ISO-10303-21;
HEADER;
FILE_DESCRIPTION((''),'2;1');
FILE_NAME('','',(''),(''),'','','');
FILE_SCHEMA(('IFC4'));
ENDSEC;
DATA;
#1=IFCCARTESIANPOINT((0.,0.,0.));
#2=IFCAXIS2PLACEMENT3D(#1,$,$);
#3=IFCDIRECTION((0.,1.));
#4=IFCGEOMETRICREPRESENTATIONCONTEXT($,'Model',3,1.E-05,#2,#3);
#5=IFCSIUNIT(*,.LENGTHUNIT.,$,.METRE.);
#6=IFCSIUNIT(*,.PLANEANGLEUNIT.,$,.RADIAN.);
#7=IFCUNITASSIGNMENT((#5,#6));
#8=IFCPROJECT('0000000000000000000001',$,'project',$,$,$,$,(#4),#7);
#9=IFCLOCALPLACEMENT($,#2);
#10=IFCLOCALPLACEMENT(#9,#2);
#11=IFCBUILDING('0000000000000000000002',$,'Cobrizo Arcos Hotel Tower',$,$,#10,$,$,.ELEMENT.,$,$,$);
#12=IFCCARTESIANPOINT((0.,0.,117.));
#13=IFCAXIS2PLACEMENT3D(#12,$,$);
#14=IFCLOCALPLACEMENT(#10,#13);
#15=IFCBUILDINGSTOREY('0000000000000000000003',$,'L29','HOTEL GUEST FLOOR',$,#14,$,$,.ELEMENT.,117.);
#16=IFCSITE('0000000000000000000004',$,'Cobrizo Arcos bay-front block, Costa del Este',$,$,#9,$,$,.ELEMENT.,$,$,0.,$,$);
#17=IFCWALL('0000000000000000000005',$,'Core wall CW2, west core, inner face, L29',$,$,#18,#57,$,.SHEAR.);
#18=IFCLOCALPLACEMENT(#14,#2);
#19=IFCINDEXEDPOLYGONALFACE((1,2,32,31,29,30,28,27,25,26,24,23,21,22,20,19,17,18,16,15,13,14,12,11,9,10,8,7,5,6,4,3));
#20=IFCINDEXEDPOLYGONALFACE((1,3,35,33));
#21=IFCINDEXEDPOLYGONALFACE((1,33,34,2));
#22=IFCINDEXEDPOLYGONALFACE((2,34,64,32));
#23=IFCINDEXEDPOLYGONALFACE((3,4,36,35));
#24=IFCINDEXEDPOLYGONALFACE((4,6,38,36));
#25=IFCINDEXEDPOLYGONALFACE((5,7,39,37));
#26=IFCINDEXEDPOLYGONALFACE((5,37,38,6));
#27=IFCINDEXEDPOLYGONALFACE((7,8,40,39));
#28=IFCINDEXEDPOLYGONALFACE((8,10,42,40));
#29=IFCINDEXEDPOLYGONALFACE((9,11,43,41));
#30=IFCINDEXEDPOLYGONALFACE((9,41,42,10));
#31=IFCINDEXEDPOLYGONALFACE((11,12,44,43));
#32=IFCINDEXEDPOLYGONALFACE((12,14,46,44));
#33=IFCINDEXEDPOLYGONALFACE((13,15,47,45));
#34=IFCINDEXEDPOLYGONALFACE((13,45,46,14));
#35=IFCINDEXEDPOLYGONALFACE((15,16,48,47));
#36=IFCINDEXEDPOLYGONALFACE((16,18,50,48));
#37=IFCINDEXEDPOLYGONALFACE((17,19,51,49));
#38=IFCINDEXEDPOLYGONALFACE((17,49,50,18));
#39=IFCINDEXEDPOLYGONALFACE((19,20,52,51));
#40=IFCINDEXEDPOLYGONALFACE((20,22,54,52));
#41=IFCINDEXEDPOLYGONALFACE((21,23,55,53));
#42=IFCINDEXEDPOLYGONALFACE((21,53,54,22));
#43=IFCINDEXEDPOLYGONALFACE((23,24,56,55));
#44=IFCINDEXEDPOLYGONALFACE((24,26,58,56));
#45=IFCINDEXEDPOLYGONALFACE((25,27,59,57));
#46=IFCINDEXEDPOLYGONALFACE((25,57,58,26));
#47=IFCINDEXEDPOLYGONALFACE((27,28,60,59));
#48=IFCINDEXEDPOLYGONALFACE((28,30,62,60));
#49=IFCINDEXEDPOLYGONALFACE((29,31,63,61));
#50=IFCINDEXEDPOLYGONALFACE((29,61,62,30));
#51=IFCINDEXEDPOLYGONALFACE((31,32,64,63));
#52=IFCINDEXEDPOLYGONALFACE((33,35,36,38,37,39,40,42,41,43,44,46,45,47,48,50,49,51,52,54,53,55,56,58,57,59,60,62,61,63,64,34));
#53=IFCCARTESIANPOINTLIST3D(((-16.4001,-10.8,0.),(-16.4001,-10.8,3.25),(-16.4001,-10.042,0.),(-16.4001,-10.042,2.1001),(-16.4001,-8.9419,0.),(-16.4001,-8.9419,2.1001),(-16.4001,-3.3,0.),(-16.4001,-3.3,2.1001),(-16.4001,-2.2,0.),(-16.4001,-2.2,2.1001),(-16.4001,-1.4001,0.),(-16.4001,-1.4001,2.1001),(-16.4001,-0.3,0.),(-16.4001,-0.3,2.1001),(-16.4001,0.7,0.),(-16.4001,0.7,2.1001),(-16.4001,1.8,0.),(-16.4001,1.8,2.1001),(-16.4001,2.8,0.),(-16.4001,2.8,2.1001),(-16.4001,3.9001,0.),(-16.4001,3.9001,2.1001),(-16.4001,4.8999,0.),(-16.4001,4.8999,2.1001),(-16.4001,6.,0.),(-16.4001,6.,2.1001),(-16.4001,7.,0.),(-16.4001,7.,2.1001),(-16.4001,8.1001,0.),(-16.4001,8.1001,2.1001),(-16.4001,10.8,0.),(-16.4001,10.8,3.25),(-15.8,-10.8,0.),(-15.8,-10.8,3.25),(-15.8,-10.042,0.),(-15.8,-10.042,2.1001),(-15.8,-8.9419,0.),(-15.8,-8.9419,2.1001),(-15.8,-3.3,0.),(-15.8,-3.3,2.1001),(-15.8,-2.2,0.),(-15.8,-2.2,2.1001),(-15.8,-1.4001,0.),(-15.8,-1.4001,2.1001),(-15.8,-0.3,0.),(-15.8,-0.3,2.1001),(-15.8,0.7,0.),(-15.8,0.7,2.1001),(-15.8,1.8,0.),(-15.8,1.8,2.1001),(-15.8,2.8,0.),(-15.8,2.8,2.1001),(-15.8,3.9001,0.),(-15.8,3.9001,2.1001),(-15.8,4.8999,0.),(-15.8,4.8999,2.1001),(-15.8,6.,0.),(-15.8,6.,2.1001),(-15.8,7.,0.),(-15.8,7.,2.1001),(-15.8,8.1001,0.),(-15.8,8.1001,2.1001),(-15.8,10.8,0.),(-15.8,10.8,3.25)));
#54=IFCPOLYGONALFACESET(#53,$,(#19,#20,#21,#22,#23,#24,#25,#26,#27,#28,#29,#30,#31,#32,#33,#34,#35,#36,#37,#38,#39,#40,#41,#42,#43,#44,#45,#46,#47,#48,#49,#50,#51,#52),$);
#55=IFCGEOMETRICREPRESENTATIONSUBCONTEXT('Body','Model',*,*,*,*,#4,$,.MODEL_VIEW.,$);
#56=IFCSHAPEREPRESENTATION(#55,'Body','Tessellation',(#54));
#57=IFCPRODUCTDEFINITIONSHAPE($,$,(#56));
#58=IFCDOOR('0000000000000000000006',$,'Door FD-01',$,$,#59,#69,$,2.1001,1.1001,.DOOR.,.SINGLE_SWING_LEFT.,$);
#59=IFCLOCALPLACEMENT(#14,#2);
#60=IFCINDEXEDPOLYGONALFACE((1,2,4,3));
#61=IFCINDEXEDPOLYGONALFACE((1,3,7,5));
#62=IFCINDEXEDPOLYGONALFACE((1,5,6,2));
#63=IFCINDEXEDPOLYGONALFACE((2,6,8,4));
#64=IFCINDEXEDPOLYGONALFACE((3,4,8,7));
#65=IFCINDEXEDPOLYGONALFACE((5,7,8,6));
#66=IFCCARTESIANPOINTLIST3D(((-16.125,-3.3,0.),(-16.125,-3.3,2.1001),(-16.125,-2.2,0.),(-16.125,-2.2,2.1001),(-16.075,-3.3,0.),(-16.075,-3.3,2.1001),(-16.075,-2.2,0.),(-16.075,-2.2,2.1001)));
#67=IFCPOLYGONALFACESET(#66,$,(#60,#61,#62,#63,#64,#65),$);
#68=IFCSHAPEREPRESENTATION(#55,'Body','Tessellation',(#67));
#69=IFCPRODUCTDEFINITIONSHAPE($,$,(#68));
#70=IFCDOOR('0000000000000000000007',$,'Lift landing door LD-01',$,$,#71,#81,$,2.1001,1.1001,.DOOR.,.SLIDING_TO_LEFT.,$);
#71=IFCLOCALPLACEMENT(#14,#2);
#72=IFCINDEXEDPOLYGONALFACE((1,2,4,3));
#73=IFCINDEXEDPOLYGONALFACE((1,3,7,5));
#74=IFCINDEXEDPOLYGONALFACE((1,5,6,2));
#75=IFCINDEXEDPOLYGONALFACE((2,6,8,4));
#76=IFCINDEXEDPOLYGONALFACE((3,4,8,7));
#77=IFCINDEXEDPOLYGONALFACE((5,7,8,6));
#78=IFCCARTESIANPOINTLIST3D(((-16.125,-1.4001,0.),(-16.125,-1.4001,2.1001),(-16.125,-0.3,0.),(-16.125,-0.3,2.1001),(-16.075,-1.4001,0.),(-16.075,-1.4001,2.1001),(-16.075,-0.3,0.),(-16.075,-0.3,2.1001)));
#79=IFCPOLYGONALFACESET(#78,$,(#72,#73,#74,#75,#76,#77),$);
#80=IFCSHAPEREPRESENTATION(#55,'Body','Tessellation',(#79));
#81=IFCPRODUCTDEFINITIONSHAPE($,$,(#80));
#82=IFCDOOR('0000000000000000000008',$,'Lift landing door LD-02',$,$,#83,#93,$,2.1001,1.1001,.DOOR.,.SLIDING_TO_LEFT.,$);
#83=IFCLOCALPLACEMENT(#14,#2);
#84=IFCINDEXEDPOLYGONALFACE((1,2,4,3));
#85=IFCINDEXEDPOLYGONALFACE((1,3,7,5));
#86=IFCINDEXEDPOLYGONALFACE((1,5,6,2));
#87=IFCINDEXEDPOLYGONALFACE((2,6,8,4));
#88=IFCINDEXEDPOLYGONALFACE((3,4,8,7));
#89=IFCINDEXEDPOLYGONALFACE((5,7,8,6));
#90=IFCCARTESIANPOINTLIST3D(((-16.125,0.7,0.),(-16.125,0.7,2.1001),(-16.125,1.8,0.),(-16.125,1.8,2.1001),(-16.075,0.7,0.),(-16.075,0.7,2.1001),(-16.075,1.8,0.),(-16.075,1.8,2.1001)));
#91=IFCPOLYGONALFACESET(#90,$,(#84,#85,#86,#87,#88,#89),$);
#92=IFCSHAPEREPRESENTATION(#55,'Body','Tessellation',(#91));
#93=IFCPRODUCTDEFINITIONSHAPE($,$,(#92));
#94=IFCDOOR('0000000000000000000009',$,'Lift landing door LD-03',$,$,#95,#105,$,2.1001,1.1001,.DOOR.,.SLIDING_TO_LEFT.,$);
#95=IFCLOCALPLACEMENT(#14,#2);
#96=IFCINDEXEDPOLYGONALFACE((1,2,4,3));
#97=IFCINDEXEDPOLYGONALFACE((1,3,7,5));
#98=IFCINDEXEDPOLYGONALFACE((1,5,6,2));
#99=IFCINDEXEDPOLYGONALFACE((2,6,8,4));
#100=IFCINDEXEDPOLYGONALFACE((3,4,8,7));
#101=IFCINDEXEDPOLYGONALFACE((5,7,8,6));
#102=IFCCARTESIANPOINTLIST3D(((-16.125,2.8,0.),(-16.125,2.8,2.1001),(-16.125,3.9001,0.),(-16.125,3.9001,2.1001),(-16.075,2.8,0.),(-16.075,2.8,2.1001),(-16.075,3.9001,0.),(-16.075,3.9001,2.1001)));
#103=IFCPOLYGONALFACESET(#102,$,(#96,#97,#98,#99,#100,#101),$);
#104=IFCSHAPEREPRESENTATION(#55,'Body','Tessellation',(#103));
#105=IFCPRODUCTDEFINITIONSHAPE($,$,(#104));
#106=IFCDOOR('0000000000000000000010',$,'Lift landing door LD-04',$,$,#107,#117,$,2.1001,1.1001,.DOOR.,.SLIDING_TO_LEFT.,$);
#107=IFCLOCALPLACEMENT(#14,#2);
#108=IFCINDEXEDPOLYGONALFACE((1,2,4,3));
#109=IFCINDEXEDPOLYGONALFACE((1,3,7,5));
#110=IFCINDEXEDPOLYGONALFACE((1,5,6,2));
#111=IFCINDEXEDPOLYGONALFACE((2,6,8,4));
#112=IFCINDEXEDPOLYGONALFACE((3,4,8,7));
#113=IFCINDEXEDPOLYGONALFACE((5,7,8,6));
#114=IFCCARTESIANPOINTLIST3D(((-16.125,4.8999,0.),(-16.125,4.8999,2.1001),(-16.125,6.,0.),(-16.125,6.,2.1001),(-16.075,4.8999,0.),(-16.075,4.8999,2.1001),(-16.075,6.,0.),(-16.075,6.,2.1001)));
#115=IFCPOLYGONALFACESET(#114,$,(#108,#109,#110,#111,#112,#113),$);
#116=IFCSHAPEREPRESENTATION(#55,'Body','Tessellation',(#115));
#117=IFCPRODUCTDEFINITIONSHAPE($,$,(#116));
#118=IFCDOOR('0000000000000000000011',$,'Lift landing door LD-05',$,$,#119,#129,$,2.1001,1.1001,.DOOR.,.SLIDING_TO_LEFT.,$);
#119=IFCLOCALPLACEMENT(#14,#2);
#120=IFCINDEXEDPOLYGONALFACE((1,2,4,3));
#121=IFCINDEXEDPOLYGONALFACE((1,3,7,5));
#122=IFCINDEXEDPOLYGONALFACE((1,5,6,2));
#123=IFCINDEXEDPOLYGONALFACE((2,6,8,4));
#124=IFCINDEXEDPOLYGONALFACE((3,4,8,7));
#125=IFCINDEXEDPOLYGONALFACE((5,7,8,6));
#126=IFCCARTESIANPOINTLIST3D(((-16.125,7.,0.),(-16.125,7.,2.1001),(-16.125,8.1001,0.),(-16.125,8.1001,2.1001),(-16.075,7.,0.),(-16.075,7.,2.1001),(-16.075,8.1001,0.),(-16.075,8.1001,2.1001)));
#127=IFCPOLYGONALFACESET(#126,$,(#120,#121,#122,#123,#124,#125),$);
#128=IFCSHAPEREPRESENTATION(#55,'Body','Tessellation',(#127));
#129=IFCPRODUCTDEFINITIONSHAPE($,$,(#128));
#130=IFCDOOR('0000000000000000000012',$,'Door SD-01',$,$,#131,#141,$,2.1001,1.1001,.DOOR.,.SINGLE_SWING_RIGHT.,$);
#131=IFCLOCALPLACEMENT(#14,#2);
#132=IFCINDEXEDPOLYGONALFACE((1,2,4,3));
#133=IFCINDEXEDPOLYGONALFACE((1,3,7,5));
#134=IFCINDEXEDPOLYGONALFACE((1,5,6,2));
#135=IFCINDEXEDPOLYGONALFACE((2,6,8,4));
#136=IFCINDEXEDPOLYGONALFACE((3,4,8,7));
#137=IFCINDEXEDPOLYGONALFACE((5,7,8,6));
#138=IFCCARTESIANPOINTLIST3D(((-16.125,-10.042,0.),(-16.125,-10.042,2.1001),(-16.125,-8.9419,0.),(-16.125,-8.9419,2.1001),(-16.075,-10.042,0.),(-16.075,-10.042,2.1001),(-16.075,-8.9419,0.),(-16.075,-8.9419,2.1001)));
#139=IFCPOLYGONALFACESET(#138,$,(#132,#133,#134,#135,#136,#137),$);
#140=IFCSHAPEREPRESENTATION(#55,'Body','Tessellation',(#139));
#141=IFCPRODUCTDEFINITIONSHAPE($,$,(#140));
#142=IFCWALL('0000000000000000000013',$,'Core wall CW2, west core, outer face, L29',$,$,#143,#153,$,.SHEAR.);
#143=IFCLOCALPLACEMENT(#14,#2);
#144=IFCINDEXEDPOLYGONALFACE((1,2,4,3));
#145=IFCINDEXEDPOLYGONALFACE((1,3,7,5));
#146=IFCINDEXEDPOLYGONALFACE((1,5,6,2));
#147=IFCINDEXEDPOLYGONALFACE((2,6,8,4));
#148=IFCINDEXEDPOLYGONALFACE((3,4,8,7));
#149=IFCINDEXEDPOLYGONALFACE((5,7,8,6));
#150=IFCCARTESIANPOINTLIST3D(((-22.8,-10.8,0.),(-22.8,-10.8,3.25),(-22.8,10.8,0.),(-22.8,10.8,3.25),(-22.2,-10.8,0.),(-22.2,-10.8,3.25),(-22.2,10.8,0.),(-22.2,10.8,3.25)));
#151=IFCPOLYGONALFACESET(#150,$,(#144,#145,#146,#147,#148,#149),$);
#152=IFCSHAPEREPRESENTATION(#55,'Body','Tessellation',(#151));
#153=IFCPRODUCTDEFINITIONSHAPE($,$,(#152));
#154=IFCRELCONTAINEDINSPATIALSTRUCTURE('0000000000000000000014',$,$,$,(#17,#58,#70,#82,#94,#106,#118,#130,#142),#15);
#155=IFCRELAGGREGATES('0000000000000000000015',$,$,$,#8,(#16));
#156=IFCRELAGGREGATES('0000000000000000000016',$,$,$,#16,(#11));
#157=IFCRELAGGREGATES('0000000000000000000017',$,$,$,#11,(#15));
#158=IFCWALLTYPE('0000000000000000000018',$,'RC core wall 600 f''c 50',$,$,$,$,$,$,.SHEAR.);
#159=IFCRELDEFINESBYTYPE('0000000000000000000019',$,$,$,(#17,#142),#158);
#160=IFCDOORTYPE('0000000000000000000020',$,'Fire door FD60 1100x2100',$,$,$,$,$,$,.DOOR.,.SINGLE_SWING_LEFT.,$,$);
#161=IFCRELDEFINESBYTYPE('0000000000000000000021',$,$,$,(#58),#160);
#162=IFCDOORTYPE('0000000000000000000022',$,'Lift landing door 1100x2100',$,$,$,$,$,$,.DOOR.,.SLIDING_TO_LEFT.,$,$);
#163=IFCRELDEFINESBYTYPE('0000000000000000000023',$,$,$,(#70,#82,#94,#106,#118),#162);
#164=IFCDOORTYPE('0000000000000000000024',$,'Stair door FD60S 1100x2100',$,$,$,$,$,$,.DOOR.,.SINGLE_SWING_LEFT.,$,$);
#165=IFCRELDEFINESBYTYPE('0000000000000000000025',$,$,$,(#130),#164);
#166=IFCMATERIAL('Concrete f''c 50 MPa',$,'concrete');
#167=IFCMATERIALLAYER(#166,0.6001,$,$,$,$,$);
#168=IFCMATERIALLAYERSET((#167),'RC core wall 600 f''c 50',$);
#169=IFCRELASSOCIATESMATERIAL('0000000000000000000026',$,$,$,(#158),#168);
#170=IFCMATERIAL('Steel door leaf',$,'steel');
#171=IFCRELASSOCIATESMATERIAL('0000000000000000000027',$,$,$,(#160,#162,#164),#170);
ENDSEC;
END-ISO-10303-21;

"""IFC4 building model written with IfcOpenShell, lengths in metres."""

from ifc_helpers import new_model, si_unit, direction, frame, frame_2d, origin, place, context, subcontext, project, spatial, rectangle, extrude, material, layer, layer_set, type_object, element, fill, save


model = new_model("IFC4")

# Units and contexts
model_context = context("Model", 3, precision=1e-05, world=origin(), true_north=direction((0.0, 1.0)))
body_context = subcontext(model_context, "Body", "Model", "MODEL_VIEW")
ifc_project = project(units=[si_unit("LENGTHUNIT", "METRE"), si_unit("PLANEANGLEUNIT", "RADIAN")], contexts=[model_context])

# Site, building, storey
site_placement = place(None, origin())
site = spatial("IfcSite", under=ifc_project, at=site_placement, Name="Cobrizo Arcos bay-front block, Costa del Este", CompositionType="ELEMENT", RefElevation=0.0)
building_placement = place(site_placement, origin())
building = spatial("IfcBuilding", under=site, at=building_placement, Name="Cobrizo Arcos Hotel Tower", CompositionType="ELEMENT")
storey_placement = place(building_placement, frame((0.0, 0.0, 117.0)))
storey = spatial("IfcBuildingStorey", under=building, at=storey_placement, Name="L29", Description="HOTEL GUEST FLOOR", CompositionType="ELEMENT", Elevation=117.0)

# Wall, openings, doors
ifc_material_1 = material(Name="Concrete f'c 50 MPa", Category="concrete")
ifc_layer_1 = layer(ifc_material_1, 0.6001)
ifc_layer_set_1 = layer_set([ifc_layer_1], Name="RC core wall 600 f'c 50")
wall_type_1 = type_object("IfcWallType", Name="RC core wall 600 f'c 50", PredefinedType="SHEAR", material=ifc_layer_set_1)
wall_1_placement = place(storey_placement, frame((-16.1001, -10.8, 0.0), z_axis=(0.0, 0.0, 1.0), x_axis=(0.0, 1.0, 0.0)))
wall_1 = element("IfcWall", 1, at=wall_1_placement, inside=storey, type_object=wall_type_1, Name="Core wall CW2, west core, inner face, L29", PredefinedType="SHEAR", context=body_context, shape_type="SweptSolid", body=[
    extrude(rectangle(XDim=21.6001, YDim=0.6001, at=frame_2d((10.8, 0.0))), origin(), (0.0, 0.0, 1.0), 3.25),
])
opening_1_placement = place(wall_1_placement, frame((9.3999, 0.0, 0.0)))
opening_1 = element("IfcOpeningElement", 2, at=opening_1_placement, cuts=wall_1, PredefinedType="OPENING", context=body_context, shape_type="SweptSolid", body=[
    extrude(rectangle(XDim=1.1001, YDim=2.1001, at=frame_2d((0.55, 1.05))), frame((0.0, 0.312, 0.0), z_axis=(0.0, -1.0, 0.0), x_axis=(1.0, 0.0, 0.0)), (0.0, 0.0, 1.0), 0.624),
])
opening_2_placement = place(wall_1_placement, frame((11.5, 0.0, 0.0)))
opening_2 = element("IfcOpeningElement", 3, at=opening_2_placement, cuts=wall_1, PredefinedType="OPENING", context=body_context, shape_type="SweptSolid", body=[
    extrude(rectangle(XDim=1.1001, YDim=2.1001, at=frame_2d((0.55, 1.05))), frame((0.0, 0.312, 0.0), z_axis=(0.0, -1.0, 0.0), x_axis=(1.0, 0.0, 0.0)), (0.0, 0.0, 1.0), 0.624),
])
opening_3_placement = place(wall_1_placement, frame((13.6001, 0.0, 0.0)))
opening_3 = element("IfcOpeningElement", 4, at=opening_3_placement, cuts=wall_1, PredefinedType="OPENING", context=body_context, shape_type="SweptSolid", body=[
    extrude(rectangle(XDim=1.1001, YDim=2.1001, at=frame_2d((0.55, 1.05))), frame((0.0, 0.312, 0.0), z_axis=(0.0, -1.0, 0.0), x_axis=(1.0, 0.0, 0.0)), (0.0, 0.0, 1.0), 0.624),
])
opening_4_placement = place(wall_1_placement, frame((15.7, 0.0, 0.0)))
opening_4 = element("IfcOpeningElement", 5, at=opening_4_placement, cuts=wall_1, PredefinedType="OPENING", context=body_context, shape_type="SweptSolid", body=[
    extrude(rectangle(XDim=1.1001, YDim=2.1001, at=frame_2d((0.55, 1.05))), frame((0.0, 0.312, 0.0), z_axis=(0.0, -1.0, 0.0), x_axis=(1.0, 0.0, 0.0)), (0.0, 0.0, 1.0), 0.624),
])
opening_5_placement = place(wall_1_placement, frame((17.8, 0.0, 0.0)))
opening_5 = element("IfcOpeningElement", 6, at=opening_5_placement, cuts=wall_1, PredefinedType="OPENING", context=body_context, shape_type="SweptSolid", body=[
    extrude(rectangle(XDim=1.1001, YDim=2.1001, at=frame_2d((0.55, 1.05))), frame((0.0, 0.312, 0.0), z_axis=(0.0, -1.0, 0.0), x_axis=(1.0, 0.0, 0.0)), (0.0, 0.0, 1.0), 0.624),
])
opening_6_placement = place(wall_1_placement, frame((0.7581, 0.0, 0.0)))
opening_6 = element("IfcOpeningElement", 7, at=opening_6_placement, cuts=wall_1, PredefinedType="OPENING", context=body_context, shape_type="SweptSolid", body=[
    extrude(rectangle(XDim=1.1001, YDim=2.1001, at=frame_2d((0.55, 1.05))), frame((0.0, 0.312, 0.0), z_axis=(0.0, -1.0, 0.0), x_axis=(1.0, 0.0, 0.0)), (0.0, 0.0, 1.0), 0.624),
])
opening_7_placement = place(wall_1_placement, frame((7.5, 0.0, 0.0)))
opening_7 = element("IfcOpeningElement", 8, at=opening_7_placement, cuts=wall_1, PredefinedType="OPENING", context=body_context, shape_type="SweptSolid", body=[
    extrude(rectangle(XDim=1.1001, YDim=2.1001, at=frame_2d((0.55, 1.05))), frame((0.0, 0.312, 0.0), z_axis=(0.0, -1.0, 0.0), x_axis=(1.0, 0.0, 0.0)), (0.0, 0.0, 1.0), 0.624),
])
ifc_material_2 = material(Name="Steel door leaf", Category="steel")
door_type_1 = type_object("IfcDoorType", Name="Fire door FD60 1100x2100", OperationType="SINGLE_SWING_LEFT", PredefinedType="DOOR", material=ifc_material_2)
door_1_placement = place(opening_7_placement, origin())
door_1 = element("IfcDoor", 9, at=door_1_placement, inside=storey, type_object=door_type_1, Name="Door FD-01", OperationType="SINGLE_SWING_LEFT", OverallHeight=2.1001, OverallWidth=1.1001, PredefinedType="DOOR", context=body_context, shape_type="SweptSolid", body=[
    extrude(rectangle(XDim=1.1001, YDim=2.1001, at=frame_2d((0.55, 1.05))), frame((0.0, 0.0249, 0.0), z_axis=(0.0, -1.0, 0.0), x_axis=(1.0, 0.0, 0.0)), (0.0, 0.0, 1.0), 0.05),
])
fill(opening_7, door_1)
door_type_2 = type_object("IfcDoorType", Name="Lift landing door 1100x2100", OperationType="SLIDING_TO_LEFT", PredefinedType="DOOR", material=ifc_material_2)
door_2_placement = place(opening_1_placement, origin())
door_2 = element("IfcDoor", 10, at=door_2_placement, inside=storey, type_object=door_type_2, Name="Lift landing door LD-01", OperationType="SLIDING_TO_LEFT", OverallHeight=2.1001, OverallWidth=1.1001, PredefinedType="DOOR", context=body_context, shape_type="SweptSolid", body=[
    extrude(rectangle(XDim=1.1001, YDim=2.1001, at=frame_2d((0.55, 1.05))), frame((0.0, 0.0249, 0.0), z_axis=(0.0, -1.0, 0.0), x_axis=(1.0, 0.0, 0.0)), (0.0, 0.0, 1.0), 0.05),
])
fill(opening_1, door_2)
door_3_placement = place(opening_2_placement, origin())
door_3 = element("IfcDoor", 11, at=door_3_placement, inside=storey, type_object=door_type_2, Name="Lift landing door LD-02", OperationType="SLIDING_TO_LEFT", OverallHeight=2.1001, OverallWidth=1.1001, PredefinedType="DOOR", context=body_context, shape_type="SweptSolid", body=[
    extrude(rectangle(XDim=1.1001, YDim=2.1001, at=frame_2d((0.55, 1.05))), frame((0.0, 0.0249, 0.0), z_axis=(0.0, -1.0, 0.0), x_axis=(1.0, 0.0, 0.0)), (0.0, 0.0, 1.0), 0.05),
])
fill(opening_2, door_3)
door_4_placement = place(opening_3_placement, origin())
door_4 = element("IfcDoor", 12, at=door_4_placement, inside=storey, type_object=door_type_2, Name="Lift landing door LD-03", OperationType="SLIDING_TO_LEFT", OverallHeight=2.1001, OverallWidth=1.1001, PredefinedType="DOOR", context=body_context, shape_type="SweptSolid", body=[
    extrude(rectangle(XDim=1.1001, YDim=2.1001, at=frame_2d((0.55, 1.05))), frame((0.0, 0.0249, 0.0), z_axis=(0.0, -1.0, 0.0), x_axis=(1.0, 0.0, 0.0)), (0.0, 0.0, 1.0), 0.05),
])
fill(opening_3, door_4)
door_5_placement = place(opening_4_placement, origin())
door_5 = element("IfcDoor", 13, at=door_5_placement, inside=storey, type_object=door_type_2, Name="Lift landing door LD-04", OperationType="SLIDING_TO_LEFT", OverallHeight=2.1001, OverallWidth=1.1001, PredefinedType="DOOR", context=body_context, shape_type="SweptSolid", body=[
    extrude(rectangle(XDim=1.1001, YDim=2.1001, at=frame_2d((0.55, 1.05))), frame((0.0, 0.0249, 0.0), z_axis=(0.0, -1.0, 0.0), x_axis=(1.0, 0.0, 0.0)), (0.0, 0.0, 1.0), 0.05),
])
fill(opening_4, door_5)
door_6_placement = place(opening_5_placement, origin())
door_6 = element("IfcDoor", 14, at=door_6_placement, inside=storey, type_object=door_type_2, Name="Lift landing door LD-05", OperationType="SLIDING_TO_LEFT", OverallHeight=2.1001, OverallWidth=1.1001, PredefinedType="DOOR", context=body_context, shape_type="SweptSolid", body=[
    extrude(rectangle(XDim=1.1001, YDim=2.1001, at=frame_2d((0.55, 1.05))), frame((0.0, 0.0249, 0.0), z_axis=(0.0, -1.0, 0.0), x_axis=(1.0, 0.0, 0.0)), (0.0, 0.0, 1.0), 0.05),
])
fill(opening_5, door_6)
door_type_3 = type_object("IfcDoorType", Name="Stair door FD60S 1100x2100", OperationType="SINGLE_SWING_LEFT", PredefinedType="DOOR", material=ifc_material_2)
door_7_placement = place(opening_6_placement, origin())
door_7 = element("IfcDoor", 15, at=door_7_placement, inside=storey, type_object=door_type_3, Name="Door SD-01", OperationType="SINGLE_SWING_RIGHT", OverallHeight=2.1001, OverallWidth=1.1001, PredefinedType="DOOR", context=body_context, shape_type="SweptSolid", body=[
    extrude(rectangle(XDim=1.1001, YDim=2.1001, at=frame_2d((0.55, 1.05))), frame((0.0, 0.0249, 0.0), z_axis=(0.0, -1.0, 0.0), x_axis=(1.0, 0.0, 0.0)), (0.0, 0.0, 1.0), 0.05),
])
fill(opening_6, door_7)

# Wall
wall_2_placement = place(storey_placement, frame((-22.5, -10.8, 0.0), z_axis=(0.0, 0.0, 1.0), x_axis=(0.0, 1.0, 0.0)))
element("IfcWall", 16, at=wall_2_placement, inside=storey, type_object=wall_type_1, Name="Core wall CW2, west core, outer face, L29", PredefinedType="SHEAR", context=body_context, shape_type="SweptSolid", body=[
    extrude(rectangle(XDim=21.6001, YDim=0.6001, at=frame_2d((10.8, 0.0))), origin(), (0.0, 0.0, 1.0), 3.25),
])

save(model, "model.ifc")
